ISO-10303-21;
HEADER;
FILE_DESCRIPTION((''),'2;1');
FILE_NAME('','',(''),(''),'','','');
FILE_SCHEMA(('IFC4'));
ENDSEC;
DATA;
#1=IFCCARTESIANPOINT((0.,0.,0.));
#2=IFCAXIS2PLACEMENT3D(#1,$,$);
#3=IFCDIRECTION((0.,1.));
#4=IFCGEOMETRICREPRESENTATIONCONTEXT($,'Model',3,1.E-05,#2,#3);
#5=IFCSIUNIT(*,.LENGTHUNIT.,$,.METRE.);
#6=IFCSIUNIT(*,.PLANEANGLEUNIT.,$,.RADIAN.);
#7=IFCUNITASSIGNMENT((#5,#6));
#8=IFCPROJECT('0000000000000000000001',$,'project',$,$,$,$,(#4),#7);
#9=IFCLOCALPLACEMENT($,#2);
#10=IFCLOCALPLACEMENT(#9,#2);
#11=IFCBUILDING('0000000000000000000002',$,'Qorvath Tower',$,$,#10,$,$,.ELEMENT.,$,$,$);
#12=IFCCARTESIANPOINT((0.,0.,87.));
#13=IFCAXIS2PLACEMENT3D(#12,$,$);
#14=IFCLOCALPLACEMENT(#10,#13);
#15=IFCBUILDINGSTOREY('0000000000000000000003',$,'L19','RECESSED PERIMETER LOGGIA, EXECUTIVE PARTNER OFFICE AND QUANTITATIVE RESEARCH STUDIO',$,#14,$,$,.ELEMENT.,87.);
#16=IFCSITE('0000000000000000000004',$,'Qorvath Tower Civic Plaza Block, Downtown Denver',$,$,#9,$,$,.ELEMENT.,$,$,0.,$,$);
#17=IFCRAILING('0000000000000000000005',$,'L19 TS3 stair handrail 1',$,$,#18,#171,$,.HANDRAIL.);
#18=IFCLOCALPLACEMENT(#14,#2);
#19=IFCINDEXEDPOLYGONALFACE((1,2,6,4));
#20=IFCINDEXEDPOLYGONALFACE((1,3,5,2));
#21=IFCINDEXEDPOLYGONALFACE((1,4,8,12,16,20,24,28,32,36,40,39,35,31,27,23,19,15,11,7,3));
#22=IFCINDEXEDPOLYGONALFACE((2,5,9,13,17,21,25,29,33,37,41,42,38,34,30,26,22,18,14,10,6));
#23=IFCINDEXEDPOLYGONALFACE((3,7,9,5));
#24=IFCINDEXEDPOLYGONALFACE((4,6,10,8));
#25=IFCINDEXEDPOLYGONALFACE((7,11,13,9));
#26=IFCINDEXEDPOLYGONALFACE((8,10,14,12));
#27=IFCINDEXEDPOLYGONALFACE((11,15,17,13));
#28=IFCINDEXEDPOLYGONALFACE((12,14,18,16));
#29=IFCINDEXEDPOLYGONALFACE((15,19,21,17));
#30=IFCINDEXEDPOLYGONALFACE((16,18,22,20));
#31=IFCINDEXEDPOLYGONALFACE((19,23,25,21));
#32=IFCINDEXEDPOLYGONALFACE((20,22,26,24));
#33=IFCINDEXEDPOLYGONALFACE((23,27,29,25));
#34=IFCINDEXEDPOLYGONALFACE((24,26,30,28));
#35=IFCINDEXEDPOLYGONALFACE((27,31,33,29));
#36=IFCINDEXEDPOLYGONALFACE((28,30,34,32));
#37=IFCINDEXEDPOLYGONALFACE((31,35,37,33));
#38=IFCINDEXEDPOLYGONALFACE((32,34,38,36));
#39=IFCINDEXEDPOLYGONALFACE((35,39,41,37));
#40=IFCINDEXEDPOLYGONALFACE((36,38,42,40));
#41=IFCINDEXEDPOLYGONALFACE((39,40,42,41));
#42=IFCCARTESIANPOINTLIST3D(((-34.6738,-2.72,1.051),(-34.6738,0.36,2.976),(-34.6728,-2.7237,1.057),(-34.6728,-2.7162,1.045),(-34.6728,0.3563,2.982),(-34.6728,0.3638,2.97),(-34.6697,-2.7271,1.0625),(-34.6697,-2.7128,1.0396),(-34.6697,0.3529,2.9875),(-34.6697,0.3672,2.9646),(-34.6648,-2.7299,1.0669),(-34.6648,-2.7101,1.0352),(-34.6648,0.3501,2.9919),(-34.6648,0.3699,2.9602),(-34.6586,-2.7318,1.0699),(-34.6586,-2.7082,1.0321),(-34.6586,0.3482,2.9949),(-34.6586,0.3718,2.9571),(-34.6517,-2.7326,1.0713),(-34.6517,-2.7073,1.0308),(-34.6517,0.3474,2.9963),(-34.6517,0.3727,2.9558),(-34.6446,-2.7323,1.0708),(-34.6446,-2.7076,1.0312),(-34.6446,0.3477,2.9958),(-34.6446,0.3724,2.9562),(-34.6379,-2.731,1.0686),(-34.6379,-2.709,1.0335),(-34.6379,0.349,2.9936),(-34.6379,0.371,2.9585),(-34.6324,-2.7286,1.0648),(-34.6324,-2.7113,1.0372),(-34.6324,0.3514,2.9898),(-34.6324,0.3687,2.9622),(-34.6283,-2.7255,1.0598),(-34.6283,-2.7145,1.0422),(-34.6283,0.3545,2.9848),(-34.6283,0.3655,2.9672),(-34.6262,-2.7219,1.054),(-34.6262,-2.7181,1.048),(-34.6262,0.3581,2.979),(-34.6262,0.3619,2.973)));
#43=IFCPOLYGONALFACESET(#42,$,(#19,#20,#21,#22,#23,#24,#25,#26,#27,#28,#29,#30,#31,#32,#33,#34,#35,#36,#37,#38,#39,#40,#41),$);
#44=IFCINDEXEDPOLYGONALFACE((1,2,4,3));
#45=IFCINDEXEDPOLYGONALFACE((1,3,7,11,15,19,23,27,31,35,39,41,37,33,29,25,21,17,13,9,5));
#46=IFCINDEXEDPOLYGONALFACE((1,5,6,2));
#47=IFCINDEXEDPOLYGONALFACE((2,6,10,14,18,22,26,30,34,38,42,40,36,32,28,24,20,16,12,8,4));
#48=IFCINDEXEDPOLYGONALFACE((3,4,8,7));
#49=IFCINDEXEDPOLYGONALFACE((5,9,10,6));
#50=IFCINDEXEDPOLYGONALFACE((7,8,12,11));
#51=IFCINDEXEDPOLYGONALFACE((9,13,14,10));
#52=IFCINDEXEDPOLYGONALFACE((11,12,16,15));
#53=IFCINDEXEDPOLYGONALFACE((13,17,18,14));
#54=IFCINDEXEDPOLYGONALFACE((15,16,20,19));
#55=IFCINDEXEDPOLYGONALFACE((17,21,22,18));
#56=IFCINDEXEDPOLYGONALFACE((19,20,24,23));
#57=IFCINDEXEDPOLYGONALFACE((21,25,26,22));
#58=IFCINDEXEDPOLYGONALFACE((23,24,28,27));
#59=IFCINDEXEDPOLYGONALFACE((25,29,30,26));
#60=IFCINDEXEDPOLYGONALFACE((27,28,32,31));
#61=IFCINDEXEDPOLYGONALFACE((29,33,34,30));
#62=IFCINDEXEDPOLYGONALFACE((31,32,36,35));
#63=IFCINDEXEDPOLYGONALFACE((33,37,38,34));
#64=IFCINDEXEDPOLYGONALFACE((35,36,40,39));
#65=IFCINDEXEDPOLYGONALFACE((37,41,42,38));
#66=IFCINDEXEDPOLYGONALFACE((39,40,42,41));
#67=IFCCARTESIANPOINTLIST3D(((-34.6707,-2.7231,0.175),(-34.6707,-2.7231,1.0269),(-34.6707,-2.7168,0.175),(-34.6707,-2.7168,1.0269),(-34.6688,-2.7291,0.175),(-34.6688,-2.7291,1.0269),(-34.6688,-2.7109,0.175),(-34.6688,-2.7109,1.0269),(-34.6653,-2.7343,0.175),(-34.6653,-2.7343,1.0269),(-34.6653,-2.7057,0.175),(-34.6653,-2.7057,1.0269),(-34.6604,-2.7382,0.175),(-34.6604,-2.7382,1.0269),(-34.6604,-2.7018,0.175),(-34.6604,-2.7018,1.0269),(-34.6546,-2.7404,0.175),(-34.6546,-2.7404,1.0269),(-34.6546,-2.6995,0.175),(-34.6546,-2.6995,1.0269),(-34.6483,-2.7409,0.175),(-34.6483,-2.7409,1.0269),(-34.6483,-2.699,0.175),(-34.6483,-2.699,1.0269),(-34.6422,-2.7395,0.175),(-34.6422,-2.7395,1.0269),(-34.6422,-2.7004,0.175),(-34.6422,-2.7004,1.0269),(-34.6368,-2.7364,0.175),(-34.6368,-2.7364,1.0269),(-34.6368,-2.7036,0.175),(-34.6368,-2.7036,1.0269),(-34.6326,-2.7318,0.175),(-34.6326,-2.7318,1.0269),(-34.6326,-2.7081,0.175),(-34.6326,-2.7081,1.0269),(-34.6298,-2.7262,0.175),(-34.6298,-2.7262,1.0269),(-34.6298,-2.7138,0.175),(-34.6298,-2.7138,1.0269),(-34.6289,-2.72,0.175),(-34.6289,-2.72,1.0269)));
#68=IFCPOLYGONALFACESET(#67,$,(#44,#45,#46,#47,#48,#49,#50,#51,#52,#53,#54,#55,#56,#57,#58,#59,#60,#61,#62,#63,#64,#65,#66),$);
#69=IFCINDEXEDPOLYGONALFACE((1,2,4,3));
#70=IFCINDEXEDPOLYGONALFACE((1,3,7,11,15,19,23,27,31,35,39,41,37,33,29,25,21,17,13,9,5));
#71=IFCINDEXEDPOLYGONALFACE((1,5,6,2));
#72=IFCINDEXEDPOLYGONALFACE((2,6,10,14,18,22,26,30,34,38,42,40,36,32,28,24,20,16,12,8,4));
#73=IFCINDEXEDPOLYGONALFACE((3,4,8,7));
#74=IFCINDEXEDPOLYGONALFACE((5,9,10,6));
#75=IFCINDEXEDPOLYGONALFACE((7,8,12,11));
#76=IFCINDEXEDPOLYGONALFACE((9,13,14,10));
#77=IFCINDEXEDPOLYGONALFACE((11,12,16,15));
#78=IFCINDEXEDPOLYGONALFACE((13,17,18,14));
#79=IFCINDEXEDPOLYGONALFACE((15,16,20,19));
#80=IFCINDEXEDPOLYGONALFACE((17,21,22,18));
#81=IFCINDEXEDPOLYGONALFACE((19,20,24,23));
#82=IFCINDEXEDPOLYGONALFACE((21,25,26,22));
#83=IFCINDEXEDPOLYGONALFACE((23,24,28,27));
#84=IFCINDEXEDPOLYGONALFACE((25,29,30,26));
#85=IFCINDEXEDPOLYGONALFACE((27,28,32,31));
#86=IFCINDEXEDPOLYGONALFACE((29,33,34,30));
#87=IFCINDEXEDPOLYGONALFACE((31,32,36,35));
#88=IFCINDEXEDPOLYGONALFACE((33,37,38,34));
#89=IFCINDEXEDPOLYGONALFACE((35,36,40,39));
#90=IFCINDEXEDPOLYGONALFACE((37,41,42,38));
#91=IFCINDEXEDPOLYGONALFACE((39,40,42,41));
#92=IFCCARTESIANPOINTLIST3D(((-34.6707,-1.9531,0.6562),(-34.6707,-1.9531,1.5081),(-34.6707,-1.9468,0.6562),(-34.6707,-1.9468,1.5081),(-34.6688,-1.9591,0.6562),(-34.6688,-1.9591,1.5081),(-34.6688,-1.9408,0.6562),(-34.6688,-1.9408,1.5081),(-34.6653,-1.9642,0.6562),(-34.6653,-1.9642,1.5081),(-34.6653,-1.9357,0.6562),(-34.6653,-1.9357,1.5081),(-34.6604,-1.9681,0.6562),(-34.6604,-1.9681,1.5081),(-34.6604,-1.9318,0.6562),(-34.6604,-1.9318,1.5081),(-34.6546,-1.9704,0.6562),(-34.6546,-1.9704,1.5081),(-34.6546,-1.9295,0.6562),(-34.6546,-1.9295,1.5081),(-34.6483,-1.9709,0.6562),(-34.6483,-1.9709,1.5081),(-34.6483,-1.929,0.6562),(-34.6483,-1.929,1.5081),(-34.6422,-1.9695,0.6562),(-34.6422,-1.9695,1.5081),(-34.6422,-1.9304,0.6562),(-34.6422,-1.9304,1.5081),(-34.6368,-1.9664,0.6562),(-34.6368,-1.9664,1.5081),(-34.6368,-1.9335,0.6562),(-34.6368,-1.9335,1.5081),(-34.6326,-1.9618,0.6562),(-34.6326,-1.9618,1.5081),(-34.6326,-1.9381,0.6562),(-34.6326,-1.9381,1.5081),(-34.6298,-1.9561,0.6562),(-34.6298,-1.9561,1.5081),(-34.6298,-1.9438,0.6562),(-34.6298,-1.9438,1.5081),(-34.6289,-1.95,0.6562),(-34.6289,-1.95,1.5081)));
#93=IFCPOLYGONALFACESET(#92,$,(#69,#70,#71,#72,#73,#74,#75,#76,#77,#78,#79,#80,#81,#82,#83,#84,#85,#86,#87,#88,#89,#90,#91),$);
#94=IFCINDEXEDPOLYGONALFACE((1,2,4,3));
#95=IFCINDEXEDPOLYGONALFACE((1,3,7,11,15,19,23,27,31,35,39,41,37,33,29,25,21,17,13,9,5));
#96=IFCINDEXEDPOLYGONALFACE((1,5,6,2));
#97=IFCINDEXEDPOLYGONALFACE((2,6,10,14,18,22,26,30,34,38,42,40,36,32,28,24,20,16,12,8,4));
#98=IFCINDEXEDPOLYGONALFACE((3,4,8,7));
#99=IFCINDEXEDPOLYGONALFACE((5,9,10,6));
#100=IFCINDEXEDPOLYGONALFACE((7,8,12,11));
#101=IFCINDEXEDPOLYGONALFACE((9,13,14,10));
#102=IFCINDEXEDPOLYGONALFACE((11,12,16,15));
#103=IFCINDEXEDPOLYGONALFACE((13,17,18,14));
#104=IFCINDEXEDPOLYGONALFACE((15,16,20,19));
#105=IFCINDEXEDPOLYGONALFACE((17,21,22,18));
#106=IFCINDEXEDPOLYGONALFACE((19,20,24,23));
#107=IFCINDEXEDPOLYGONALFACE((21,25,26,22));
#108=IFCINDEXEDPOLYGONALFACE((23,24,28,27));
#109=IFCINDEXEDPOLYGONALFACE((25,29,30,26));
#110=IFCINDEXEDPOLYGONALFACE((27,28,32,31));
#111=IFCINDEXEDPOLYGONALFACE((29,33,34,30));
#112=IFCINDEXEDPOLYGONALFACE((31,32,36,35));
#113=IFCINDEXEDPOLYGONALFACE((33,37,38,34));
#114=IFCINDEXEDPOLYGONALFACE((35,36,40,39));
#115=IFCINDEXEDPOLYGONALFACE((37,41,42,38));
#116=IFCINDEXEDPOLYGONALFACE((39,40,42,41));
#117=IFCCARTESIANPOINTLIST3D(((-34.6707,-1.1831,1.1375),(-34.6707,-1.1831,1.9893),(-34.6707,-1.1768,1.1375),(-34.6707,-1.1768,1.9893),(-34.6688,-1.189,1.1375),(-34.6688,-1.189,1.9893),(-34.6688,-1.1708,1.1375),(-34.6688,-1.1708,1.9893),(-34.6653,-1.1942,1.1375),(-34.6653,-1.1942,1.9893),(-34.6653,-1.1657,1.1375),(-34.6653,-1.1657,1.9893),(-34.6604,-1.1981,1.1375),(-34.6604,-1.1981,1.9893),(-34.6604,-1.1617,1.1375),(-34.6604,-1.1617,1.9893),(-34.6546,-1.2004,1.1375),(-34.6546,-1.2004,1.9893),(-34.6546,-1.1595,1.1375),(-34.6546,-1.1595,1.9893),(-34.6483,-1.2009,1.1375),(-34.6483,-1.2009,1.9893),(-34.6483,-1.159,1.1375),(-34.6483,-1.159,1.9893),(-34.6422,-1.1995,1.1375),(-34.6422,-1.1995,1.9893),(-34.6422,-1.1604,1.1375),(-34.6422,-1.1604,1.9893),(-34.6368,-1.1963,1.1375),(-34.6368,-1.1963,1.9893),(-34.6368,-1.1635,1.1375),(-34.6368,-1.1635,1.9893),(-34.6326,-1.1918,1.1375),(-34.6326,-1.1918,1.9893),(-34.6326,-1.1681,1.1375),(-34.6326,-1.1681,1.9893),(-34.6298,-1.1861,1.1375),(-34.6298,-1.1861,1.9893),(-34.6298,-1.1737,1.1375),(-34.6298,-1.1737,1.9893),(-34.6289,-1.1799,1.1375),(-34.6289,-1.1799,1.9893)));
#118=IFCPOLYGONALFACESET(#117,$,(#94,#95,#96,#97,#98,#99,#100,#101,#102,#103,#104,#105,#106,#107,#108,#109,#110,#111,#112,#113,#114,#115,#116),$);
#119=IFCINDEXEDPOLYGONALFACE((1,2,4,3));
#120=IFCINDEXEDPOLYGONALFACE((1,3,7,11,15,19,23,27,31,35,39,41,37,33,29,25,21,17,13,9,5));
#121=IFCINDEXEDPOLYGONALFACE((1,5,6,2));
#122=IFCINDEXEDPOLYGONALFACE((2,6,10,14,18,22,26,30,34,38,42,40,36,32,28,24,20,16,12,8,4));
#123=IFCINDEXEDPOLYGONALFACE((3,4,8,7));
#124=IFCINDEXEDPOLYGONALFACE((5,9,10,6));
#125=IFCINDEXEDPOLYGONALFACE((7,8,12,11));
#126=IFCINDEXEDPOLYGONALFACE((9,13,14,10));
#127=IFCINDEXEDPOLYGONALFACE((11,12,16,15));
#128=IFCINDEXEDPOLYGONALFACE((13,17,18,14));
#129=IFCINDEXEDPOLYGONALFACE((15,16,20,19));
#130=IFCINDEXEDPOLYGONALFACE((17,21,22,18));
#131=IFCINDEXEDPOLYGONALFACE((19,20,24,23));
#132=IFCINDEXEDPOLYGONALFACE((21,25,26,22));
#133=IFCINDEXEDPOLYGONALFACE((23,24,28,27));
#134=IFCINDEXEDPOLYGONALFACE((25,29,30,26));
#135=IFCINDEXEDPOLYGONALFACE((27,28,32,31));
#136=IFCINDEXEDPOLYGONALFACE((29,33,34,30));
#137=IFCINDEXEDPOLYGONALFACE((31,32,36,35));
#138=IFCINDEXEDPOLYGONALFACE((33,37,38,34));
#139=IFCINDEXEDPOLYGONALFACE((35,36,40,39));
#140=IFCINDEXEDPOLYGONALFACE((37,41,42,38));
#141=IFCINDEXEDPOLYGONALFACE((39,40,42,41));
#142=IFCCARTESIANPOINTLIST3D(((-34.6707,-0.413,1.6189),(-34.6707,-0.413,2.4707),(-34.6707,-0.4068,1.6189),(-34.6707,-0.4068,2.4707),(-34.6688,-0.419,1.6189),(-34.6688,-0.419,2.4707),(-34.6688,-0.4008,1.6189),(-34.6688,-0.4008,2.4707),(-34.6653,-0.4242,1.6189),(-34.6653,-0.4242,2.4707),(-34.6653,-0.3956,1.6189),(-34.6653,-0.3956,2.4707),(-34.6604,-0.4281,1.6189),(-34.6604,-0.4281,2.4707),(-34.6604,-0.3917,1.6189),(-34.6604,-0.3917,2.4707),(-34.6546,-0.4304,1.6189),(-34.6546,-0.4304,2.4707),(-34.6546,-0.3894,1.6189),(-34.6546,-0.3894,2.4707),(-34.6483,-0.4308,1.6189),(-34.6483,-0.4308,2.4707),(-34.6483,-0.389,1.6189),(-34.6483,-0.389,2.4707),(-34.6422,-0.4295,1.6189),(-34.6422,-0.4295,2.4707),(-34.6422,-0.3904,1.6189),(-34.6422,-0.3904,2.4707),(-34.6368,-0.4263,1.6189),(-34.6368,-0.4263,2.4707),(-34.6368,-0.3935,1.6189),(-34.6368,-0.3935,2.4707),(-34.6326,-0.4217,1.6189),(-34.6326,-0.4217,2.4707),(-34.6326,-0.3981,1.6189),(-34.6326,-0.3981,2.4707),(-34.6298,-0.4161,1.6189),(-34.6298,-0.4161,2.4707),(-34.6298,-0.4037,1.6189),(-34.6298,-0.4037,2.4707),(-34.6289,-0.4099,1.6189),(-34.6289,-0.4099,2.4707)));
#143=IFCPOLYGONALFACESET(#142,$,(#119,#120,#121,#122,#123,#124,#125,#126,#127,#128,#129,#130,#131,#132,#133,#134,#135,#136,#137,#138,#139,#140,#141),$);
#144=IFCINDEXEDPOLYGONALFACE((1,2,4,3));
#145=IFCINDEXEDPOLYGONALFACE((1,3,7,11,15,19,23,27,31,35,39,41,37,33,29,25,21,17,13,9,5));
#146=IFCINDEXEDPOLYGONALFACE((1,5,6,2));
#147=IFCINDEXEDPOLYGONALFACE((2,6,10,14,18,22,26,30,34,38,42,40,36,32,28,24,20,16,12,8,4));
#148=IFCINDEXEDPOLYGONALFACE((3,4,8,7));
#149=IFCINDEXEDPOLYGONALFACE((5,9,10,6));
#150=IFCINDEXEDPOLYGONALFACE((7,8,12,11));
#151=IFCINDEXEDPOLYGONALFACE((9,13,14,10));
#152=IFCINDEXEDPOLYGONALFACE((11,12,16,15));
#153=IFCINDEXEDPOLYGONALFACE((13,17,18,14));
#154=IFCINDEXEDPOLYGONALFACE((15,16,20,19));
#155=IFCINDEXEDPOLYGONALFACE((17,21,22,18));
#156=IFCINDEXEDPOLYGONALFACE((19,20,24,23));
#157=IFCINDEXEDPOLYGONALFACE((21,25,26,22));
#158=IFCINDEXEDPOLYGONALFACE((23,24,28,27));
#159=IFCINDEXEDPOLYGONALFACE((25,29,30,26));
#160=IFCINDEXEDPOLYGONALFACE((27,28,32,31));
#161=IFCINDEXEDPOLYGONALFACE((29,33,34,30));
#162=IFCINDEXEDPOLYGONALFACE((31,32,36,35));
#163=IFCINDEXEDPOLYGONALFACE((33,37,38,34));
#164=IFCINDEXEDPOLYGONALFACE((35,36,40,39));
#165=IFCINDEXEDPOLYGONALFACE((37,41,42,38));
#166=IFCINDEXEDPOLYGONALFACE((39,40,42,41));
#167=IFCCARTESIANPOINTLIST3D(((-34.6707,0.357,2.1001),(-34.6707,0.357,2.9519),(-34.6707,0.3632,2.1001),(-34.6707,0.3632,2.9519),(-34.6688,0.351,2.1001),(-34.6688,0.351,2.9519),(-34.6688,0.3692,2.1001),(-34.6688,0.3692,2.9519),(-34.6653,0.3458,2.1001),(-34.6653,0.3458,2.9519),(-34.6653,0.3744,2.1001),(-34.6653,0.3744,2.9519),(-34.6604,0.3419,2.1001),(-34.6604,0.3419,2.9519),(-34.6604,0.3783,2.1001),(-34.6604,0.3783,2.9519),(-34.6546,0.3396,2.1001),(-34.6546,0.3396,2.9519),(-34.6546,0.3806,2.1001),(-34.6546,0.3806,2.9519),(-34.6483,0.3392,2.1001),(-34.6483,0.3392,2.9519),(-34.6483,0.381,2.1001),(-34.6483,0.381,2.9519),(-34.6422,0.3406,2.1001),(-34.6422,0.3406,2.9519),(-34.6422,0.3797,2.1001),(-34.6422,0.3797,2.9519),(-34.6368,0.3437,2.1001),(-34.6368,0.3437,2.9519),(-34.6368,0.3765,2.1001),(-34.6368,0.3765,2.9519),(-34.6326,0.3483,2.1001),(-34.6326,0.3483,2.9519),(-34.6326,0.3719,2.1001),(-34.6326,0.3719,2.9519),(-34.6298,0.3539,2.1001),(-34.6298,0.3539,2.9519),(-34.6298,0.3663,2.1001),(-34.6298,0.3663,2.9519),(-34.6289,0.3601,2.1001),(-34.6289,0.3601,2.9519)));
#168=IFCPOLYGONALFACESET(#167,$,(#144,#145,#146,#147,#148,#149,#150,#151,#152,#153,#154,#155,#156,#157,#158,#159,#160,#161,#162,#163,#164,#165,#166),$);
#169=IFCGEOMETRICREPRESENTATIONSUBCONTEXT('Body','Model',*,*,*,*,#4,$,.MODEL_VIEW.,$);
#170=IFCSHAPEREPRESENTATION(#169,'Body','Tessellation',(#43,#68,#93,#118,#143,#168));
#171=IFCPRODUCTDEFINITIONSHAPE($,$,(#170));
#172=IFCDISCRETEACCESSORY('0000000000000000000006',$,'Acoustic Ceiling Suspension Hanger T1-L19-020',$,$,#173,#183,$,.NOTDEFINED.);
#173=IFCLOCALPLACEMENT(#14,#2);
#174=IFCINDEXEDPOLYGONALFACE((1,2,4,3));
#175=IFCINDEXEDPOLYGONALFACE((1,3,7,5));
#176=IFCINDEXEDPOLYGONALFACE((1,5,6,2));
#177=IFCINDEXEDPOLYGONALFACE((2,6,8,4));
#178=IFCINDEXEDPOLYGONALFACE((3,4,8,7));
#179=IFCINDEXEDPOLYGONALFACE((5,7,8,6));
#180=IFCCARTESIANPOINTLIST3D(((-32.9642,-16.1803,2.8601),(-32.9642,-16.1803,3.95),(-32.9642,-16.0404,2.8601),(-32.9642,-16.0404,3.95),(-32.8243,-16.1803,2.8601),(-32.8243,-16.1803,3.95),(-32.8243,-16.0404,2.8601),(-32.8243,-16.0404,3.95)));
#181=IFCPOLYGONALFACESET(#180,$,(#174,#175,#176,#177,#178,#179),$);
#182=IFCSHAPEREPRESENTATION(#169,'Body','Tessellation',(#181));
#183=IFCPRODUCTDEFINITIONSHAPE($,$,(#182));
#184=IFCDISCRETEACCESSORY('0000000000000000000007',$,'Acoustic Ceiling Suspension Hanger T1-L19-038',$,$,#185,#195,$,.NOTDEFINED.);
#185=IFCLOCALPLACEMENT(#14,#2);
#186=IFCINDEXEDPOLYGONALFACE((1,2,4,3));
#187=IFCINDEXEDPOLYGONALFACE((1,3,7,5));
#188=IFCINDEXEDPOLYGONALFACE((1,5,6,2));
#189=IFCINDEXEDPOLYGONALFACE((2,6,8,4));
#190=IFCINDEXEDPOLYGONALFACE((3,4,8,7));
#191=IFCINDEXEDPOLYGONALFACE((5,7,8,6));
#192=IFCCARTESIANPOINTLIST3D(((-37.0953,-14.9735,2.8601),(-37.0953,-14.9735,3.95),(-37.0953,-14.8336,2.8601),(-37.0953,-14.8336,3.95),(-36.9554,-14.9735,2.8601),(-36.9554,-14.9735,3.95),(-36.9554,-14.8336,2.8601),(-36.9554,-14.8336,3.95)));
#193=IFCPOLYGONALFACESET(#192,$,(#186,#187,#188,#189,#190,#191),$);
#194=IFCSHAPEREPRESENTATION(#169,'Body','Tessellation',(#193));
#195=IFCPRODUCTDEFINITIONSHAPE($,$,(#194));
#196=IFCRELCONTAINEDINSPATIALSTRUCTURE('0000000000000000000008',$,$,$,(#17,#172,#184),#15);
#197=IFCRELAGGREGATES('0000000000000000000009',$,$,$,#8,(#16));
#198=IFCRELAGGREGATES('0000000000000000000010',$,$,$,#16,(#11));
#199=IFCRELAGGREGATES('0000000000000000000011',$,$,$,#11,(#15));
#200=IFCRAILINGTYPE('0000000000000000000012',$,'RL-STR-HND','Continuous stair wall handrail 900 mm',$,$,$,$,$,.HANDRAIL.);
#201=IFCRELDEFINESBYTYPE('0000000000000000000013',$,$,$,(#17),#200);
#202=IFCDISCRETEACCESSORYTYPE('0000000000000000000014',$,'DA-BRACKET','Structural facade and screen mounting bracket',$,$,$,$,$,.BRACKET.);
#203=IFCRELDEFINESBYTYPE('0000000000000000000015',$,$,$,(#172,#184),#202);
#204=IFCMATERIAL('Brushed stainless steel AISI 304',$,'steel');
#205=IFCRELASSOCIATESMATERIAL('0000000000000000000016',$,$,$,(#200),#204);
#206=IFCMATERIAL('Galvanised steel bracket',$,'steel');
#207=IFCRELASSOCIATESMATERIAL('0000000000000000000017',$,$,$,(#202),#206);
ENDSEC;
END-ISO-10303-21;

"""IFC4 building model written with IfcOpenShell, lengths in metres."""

from ifc_helpers import new_model, si_unit, direction, frame, origin, origin_2d, place, context, subcontext, project, spatial, rectangle, circle, extrude, material, type_object, element, save


model = new_model("IFC4")

# Units and contexts
model_context = context("Model", 3, precision=1e-05, world=origin(), true_north=direction((0.0, 1.0)))
body_context = subcontext(model_context, "Body", "Model", "MODEL_VIEW")
ifc_project = project(units=[si_unit("LENGTHUNIT", "METRE"), si_unit("PLANEANGLEUNIT", "RADIAN")], contexts=[model_context])

# Site, building, storey
site_placement = place(None, origin())
site = spatial("IfcSite", under=ifc_project, at=site_placement, Name="Qorvath Tower Civic Plaza Block, Downtown Denver", CompositionType="ELEMENT", RefElevation=0.0)
building_placement = place(site_placement, origin())
building = spatial("IfcBuilding", under=site, at=building_placement, Name="Qorvath Tower", CompositionType="ELEMENT")
storey_placement = place(building_placement, frame((0.0, 0.0, 87.0)))
storey = spatial("IfcBuildingStorey", under=building, at=storey_placement, Name="L19", Description="RECESSED PERIMETER LOGGIA, EXECUTIVE PARTNER OFFICE AND QUANTITATIVE RESEARCH STUDIO", CompositionType="ELEMENT", Elevation=87.0)

# Railing
ifc_material_1 = material(Name="Brushed stainless steel AISI 304", Category="steel")
railing_type_1 = type_object("IfcRailingType", Name="RL-STR-HND", Description="Continuous stair wall handrail 900 mm", PredefinedType="HANDRAIL", material=ifc_material_1)
railing_1_placement = place(storey_placement, frame((-34.6499, -2.72, 0.175)))
element("IfcRailing", 1, at=railing_1_placement, inside=storey, type_object=railing_type_1, Name="L19 TS3 stair handrail 1", PredefinedType="HANDRAIL", context=body_context, shape_type="SweptSolid", body=[
    extrude(circle(Radius=0.0239, at=origin_2d()), frame((0.0, 0.0, 0.876), z_axis=(0.0, 0.847998, 0.529999), x_axis=(-1.0, 0.0, 0.0)), (0.0, 0.0, 1.0), 3.6321),
    extrude(circle(Radius=0.021, at=origin_2d()), origin(), (0.0, 0.0, 1.0), 0.8518),
    extrude(circle(Radius=0.021, at=origin_2d()), frame((0.0, 0.77, 0.4812)), (0.0, 0.0, 1.0), 0.8518),
    extrude(circle(Radius=0.021, at=origin_2d()), frame((0.0, 1.54, 0.9624)), (0.0, 0.0, 1.0), 0.8518),
    extrude(circle(Radius=0.021, at=origin_2d()), frame((0.0, 2.3101, 1.4438)), (0.0, 0.0, 1.0), 0.8518),
    extrude(circle(Radius=0.021, at=origin_2d()), frame((0.0, 3.0801, 1.925)), (0.0, 0.0, 1.0), 0.8518),
])

# Discrete accessories
ifc_material_2 = material(Name="Galvanised steel bracket", Category="steel")
discrete_accessory_type = type_object("IfcDiscreteAccessoryType", Name="DA-BRACKET", Description="Structural facade and screen mounting bracket", PredefinedType="BRACKET", material=ifc_material_2)
for number, where, z_axis, x_axis, name in (
    (2, (-32.8943, -16.1104, 2.8601), (0.0, 0.0, 1.0), (1.0, 0.0, 0.0), "Acoustic Ceiling Suspension Hanger T1-L19-020"),
    (3, (-37.0254, -14.9036, 2.8601), (0.0, 0.0, 1.0), (1.0, 0.0, 0.0), "Acoustic Ceiling Suspension Hanger T1-L19-038"),
):
    element("IfcDiscreteAccessory", number, at=place(storey_placement, frame(where, z_axis=z_axis, x_axis=x_axis)), inside=storey, type_object=discrete_accessory_type, Name=name, PredefinedType="NOTDEFINED", context=body_context, shape_type="SweptSolid", body=[
        extrude(rectangle(XDim=0.1399, YDim=0.1399, at=origin_2d()), origin(), (0.0, 0.0, 1.0), 1.0898),
    ])

save(model, "model.ifc")
